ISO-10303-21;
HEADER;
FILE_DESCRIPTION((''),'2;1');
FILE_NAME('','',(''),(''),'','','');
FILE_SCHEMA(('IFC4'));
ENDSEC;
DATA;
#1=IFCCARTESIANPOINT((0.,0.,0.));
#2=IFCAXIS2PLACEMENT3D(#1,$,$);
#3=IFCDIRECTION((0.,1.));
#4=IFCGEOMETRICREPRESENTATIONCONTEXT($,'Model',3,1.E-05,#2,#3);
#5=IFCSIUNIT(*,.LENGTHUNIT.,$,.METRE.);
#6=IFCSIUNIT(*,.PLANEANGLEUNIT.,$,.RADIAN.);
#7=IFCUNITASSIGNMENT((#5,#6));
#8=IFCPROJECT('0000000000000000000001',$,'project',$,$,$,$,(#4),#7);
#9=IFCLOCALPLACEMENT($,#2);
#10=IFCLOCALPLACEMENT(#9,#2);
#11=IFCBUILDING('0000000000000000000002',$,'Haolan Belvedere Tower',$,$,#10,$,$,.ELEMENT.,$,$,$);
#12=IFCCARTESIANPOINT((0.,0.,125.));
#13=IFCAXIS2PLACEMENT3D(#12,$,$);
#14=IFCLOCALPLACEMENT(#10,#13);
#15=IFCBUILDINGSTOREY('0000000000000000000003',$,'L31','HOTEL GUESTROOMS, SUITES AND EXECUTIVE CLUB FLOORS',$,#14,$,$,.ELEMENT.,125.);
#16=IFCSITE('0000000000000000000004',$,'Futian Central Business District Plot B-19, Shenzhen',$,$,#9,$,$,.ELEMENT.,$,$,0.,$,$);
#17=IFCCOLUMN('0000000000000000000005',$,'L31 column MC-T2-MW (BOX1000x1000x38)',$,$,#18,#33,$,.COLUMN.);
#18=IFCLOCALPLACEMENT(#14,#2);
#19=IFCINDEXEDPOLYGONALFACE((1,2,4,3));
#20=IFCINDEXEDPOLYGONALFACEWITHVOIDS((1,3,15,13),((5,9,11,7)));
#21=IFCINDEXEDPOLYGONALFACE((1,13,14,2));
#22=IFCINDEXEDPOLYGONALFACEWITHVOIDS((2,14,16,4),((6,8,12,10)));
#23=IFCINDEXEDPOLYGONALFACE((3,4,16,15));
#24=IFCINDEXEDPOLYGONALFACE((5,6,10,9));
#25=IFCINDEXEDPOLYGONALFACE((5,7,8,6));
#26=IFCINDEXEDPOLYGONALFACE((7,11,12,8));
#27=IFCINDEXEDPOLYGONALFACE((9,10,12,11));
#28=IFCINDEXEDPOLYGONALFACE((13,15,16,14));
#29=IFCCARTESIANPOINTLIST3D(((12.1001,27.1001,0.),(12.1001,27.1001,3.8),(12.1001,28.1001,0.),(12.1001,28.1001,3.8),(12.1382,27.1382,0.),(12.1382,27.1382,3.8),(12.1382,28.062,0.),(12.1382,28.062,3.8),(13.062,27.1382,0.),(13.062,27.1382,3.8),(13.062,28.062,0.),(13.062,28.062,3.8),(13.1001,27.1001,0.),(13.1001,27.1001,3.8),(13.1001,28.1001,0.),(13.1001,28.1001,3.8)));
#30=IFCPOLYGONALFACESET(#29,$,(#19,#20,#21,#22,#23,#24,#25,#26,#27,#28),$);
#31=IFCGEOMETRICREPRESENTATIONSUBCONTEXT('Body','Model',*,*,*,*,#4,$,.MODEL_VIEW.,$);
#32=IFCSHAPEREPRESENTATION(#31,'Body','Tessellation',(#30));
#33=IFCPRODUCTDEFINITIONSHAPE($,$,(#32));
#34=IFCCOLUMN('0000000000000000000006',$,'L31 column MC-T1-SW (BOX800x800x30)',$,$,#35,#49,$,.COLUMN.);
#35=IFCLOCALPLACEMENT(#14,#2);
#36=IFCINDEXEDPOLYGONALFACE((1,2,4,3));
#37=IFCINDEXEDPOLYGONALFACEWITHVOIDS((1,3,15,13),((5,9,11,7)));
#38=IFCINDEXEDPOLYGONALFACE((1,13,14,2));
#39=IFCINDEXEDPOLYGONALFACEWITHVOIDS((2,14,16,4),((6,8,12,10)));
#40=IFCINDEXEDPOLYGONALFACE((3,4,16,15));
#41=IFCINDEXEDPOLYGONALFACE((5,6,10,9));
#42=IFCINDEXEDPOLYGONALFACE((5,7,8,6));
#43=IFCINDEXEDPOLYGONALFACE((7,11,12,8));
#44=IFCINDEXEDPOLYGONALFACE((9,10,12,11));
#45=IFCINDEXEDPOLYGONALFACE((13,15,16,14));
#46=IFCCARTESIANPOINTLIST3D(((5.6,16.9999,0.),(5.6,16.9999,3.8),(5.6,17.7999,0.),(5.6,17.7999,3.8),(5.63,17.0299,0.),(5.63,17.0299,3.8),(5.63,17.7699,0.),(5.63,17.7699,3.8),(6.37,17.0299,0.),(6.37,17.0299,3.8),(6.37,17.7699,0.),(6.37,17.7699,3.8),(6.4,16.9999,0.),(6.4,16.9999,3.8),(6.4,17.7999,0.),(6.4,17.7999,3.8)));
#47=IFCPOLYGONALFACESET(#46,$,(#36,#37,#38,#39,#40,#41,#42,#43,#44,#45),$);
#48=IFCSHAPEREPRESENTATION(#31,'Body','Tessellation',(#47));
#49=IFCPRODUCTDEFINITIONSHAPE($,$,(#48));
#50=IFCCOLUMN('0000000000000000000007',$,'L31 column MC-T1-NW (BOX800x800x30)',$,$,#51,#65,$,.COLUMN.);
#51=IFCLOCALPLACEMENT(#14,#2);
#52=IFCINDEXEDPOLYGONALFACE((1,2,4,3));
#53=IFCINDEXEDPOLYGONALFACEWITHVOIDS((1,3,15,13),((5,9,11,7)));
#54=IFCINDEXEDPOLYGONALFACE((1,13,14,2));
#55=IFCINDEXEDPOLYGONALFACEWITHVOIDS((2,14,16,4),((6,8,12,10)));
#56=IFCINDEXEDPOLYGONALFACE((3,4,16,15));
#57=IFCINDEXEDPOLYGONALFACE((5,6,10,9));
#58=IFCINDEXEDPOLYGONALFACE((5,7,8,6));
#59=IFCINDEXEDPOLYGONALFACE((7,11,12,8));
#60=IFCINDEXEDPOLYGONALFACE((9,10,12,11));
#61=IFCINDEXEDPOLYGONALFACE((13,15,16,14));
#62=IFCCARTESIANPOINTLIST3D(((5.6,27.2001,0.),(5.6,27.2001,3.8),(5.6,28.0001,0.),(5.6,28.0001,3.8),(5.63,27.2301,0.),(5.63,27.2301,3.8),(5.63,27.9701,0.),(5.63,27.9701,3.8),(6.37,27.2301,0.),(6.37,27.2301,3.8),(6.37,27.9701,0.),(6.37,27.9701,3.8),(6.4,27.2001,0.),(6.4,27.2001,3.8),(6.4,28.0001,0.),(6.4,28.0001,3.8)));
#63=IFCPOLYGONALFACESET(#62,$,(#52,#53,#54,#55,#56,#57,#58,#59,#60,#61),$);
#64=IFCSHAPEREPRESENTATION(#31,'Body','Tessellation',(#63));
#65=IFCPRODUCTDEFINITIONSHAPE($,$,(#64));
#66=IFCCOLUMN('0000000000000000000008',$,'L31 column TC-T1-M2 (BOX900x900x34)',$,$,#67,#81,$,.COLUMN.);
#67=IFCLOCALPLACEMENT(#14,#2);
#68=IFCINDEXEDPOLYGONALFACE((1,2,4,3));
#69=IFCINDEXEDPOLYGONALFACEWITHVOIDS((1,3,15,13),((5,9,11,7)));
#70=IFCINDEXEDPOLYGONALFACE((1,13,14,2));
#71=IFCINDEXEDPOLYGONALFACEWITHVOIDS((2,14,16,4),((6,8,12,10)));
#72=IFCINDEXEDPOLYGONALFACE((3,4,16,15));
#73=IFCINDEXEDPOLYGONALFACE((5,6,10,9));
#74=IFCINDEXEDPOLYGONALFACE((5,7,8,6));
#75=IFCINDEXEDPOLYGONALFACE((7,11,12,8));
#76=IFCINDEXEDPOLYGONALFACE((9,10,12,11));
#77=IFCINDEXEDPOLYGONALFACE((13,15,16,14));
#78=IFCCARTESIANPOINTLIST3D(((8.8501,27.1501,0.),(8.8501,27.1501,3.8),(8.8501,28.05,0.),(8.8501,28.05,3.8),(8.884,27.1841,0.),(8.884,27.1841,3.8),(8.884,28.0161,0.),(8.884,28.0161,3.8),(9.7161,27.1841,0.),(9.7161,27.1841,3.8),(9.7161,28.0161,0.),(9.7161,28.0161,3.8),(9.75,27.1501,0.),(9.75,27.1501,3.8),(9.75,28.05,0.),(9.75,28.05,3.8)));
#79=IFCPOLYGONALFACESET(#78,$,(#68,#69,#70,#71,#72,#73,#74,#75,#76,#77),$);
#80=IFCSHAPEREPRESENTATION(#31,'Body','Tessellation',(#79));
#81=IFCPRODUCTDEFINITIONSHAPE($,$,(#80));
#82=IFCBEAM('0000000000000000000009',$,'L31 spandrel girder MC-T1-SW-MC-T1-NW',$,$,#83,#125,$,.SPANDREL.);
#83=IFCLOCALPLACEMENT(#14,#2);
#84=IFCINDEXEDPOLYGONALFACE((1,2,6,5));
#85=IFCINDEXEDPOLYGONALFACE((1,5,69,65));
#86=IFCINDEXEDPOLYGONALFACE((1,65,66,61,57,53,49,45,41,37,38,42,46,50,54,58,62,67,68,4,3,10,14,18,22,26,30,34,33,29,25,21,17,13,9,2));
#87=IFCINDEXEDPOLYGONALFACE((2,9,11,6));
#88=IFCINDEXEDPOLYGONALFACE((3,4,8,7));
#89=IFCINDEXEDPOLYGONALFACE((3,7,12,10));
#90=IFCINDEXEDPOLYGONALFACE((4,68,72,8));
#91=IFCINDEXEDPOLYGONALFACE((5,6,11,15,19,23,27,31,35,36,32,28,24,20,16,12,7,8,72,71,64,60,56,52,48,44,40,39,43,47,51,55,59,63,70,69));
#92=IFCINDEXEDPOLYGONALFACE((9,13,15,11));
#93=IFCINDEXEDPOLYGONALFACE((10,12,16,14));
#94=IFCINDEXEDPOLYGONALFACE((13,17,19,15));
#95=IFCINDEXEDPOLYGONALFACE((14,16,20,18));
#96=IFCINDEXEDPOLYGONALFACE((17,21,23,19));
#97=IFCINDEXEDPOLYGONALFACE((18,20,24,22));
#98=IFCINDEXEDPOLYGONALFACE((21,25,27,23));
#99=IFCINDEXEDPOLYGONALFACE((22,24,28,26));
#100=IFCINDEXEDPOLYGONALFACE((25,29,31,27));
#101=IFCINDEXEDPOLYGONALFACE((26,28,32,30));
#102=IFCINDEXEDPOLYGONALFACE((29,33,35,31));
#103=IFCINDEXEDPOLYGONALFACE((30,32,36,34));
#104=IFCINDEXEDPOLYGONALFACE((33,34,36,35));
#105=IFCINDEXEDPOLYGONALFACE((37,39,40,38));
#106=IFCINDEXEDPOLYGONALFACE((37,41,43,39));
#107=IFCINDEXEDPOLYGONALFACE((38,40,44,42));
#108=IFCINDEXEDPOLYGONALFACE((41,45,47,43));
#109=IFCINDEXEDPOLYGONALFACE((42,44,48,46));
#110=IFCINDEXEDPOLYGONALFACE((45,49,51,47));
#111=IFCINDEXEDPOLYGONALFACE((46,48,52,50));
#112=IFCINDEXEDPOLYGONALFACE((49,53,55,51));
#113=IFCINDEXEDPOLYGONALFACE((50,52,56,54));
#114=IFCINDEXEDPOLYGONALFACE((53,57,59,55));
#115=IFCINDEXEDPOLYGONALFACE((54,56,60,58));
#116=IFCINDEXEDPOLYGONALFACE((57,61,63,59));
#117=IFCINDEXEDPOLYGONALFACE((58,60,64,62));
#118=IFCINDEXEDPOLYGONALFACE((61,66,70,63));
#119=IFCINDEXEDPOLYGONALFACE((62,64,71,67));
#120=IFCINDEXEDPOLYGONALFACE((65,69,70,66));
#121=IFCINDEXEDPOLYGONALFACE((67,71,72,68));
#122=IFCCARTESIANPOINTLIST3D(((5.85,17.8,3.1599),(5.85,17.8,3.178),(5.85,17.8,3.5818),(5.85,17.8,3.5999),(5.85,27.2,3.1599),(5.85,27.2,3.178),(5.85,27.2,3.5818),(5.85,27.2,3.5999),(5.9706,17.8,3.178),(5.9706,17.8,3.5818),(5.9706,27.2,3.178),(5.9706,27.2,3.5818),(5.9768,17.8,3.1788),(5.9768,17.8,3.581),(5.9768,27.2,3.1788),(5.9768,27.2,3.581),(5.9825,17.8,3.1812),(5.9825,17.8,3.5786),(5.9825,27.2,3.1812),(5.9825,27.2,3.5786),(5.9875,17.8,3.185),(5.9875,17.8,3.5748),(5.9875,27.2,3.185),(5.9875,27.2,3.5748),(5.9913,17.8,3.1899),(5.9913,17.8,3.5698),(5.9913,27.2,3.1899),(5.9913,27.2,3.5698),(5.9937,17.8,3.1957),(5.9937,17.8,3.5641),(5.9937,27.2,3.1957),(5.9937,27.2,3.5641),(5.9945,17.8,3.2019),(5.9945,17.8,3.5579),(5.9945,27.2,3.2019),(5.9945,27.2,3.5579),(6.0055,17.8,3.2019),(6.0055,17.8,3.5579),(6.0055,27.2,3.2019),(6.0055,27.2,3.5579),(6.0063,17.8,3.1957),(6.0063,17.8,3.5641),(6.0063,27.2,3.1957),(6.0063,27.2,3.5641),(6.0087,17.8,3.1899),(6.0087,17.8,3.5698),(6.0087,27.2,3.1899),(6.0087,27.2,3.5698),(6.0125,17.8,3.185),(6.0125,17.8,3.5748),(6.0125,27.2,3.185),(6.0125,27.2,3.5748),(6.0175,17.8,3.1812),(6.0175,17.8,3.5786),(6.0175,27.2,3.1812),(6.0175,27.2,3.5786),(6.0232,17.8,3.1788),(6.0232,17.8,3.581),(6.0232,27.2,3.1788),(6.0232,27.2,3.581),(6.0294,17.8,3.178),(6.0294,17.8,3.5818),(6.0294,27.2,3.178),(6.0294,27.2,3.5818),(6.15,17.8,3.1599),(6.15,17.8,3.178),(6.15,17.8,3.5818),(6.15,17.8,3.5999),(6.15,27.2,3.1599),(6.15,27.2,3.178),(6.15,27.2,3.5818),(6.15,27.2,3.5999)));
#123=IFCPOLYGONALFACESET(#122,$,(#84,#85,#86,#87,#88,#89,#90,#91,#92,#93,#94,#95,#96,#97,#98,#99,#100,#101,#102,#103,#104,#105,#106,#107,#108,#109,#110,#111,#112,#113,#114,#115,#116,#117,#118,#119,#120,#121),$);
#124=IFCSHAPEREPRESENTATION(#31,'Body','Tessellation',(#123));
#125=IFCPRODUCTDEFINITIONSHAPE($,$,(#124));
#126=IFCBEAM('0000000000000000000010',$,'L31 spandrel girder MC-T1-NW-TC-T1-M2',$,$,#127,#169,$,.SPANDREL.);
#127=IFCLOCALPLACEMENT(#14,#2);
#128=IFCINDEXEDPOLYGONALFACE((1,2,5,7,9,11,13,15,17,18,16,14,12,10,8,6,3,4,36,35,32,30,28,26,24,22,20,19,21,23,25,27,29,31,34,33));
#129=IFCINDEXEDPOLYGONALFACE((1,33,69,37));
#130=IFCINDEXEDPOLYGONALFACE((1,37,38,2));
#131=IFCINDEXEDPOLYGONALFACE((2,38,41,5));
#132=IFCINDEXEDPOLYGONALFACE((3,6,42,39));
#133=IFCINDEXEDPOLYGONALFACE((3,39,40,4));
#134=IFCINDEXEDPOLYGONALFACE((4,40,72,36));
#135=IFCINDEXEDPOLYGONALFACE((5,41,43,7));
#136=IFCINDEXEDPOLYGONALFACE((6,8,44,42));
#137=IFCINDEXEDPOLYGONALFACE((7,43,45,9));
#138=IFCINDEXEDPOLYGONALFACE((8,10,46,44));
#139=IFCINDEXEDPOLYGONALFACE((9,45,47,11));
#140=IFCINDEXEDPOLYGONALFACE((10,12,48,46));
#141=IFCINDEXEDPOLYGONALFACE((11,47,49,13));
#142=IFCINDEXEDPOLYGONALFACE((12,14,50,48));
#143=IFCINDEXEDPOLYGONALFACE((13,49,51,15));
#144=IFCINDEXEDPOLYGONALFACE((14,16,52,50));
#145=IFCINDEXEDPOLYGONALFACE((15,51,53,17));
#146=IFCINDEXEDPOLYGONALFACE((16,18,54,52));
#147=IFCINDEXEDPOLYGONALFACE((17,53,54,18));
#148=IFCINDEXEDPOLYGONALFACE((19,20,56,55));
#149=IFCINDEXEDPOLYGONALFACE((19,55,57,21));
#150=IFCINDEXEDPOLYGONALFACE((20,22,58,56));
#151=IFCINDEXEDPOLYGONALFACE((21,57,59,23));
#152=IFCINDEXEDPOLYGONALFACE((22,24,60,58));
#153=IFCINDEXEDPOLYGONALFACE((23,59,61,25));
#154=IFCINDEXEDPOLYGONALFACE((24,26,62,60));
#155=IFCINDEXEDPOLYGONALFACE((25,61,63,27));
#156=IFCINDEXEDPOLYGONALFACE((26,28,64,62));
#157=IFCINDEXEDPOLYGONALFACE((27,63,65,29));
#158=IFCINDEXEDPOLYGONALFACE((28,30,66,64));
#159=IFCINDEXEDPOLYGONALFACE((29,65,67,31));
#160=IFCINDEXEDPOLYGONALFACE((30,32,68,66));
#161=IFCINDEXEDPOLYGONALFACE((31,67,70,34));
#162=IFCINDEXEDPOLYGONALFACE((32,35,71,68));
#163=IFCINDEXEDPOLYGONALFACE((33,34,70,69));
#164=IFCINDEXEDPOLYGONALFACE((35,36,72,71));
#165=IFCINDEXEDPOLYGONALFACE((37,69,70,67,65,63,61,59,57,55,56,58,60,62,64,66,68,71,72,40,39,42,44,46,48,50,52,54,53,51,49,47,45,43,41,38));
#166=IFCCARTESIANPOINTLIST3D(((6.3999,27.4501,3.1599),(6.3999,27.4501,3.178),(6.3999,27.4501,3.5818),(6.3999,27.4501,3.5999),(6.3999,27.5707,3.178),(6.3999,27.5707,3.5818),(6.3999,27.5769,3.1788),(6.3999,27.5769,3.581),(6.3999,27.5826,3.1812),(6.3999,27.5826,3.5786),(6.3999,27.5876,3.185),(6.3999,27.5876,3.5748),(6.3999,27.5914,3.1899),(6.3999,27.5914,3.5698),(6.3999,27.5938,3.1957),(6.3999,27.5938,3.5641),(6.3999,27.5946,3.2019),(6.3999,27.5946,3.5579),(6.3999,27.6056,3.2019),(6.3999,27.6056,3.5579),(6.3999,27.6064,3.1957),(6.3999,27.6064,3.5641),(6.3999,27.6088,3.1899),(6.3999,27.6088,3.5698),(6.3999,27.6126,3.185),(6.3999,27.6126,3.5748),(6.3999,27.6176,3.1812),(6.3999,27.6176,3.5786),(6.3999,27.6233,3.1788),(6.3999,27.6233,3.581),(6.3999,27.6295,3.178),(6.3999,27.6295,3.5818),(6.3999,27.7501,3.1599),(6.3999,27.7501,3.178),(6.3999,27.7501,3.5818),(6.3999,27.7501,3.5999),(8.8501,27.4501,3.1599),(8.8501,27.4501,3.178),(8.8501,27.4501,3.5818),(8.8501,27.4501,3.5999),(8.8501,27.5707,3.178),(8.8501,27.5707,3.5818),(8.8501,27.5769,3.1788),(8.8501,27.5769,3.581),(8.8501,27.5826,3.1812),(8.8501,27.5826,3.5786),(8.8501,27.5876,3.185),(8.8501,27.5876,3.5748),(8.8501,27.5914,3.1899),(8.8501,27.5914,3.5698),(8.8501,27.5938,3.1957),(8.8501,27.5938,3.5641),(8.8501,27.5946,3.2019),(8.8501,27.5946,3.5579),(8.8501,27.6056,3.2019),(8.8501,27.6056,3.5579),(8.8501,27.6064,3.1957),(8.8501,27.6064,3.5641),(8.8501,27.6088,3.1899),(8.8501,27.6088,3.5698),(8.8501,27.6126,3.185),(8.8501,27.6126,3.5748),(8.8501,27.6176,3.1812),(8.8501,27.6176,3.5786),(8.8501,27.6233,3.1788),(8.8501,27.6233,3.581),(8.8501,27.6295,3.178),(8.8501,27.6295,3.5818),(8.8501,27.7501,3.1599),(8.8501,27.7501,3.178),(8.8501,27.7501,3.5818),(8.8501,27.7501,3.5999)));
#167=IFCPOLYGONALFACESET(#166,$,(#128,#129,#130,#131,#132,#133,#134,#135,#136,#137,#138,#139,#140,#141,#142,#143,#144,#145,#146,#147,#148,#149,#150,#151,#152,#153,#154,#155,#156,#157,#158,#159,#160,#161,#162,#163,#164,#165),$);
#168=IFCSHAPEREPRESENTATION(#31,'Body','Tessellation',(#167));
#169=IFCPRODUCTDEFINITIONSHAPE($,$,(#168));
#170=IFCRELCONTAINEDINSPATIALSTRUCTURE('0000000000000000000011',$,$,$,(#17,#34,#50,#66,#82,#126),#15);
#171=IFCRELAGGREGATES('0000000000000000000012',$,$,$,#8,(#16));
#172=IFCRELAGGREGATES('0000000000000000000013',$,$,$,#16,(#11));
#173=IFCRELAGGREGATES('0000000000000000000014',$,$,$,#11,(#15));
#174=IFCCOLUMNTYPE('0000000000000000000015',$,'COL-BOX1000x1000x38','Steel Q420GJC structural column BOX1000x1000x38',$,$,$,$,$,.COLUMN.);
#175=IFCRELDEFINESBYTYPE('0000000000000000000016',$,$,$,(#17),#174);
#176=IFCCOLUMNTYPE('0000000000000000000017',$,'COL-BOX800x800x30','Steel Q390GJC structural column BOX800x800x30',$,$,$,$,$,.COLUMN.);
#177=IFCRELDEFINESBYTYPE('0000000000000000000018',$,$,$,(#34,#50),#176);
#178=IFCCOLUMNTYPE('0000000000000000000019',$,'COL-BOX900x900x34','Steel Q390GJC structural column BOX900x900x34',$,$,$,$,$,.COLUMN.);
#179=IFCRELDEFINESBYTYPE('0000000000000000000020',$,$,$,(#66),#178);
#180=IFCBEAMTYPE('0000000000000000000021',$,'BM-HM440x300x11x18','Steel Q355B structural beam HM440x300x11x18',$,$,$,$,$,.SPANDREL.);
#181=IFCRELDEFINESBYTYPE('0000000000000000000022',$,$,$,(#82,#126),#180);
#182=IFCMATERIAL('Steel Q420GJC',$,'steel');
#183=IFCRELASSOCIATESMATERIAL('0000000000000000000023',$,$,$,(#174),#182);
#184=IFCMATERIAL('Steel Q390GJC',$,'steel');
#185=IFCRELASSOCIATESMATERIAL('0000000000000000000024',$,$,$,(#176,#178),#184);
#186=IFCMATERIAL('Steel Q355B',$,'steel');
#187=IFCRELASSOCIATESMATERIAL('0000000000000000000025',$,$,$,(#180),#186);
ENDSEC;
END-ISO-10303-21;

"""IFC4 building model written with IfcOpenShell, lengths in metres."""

from ifc_helpers import new_model, si_unit, direction, frame, origin, origin_2d, place, context, subcontext, project, spatial, hollow_rectangle, i_section, extrude, material, material_profile, profile_set, type_object, element, save


model = new_model("IFC4")

# Units and contexts
model_context = context("Model", 3, precision=1e-05, world=origin(), true_north=direction((0.0, 1.0)))
body_context = subcontext(model_context, "Body", "Model", "MODEL_VIEW")
ifc_project = project(units=[si_unit("LENGTHUNIT", "METRE"), si_unit("PLANEANGLEUNIT", "RADIAN")], contexts=[model_context])

# Site, building, storey
site_placement = place(None, origin())
site = spatial("IfcSite", under=ifc_project, at=site_placement, Name="Futian Central Business District Plot B-19, Shenzhen", CompositionType="ELEMENT", RefElevation=0.0)
building_placement = place(site_placement, origin())
building = spatial("IfcBuilding", under=site, at=building_placement, Name="Haolan Belvedere Tower", CompositionType="ELEMENT")
storey_placement = place(building_placement, frame((0.0, 0.0, 125.0)))
storey = spatial("IfcBuildingStorey", under=building, at=storey_placement, Name="L31", Description="HOTEL GUESTROOMS, SUITES AND EXECUTIVE CLUB FLOORS", CompositionType="ELEMENT", Elevation=125.0)

# Columns
ifc_material_1 = material(Name="Steel Q420GJC", Category="steel")
ifc_material_profile_1 = material_profile(ifc_material_1, hollow_rectangle(XDim=1.0, YDim=1.0, WallThickness=0.0381, at=origin_2d()), Name="Steel Q420GJC")
ifc_profile_set_1 = profile_set([ifc_material_profile_1], Name="Steel Q420GJC")
column_type_1 = type_object("IfcColumnType", Name="COL-BOX1000x1000x38", Description="Steel Q420GJC structural column BOX1000x1000x38", PredefinedType="COLUMN", material=ifc_profile_set_1)
column_1_placement = place(storey_placement, frame((12.6001, 27.6001, 0.0), z_axis=(0.0, 0.0, 1.0), x_axis=(1.0, 0.0, 0.0)))
element("IfcColumn", 1, at=column_1_placement, inside=storey, type_object=column_type_1, Name="L31 column MC-T2-MW (BOX1000x1000x38)", PredefinedType="COLUMN", context=body_context, shape_type="SweptSolid", body=[
    extrude(hollow_rectangle(XDim=1.0, YDim=1.0, WallThickness=0.0381, at=origin_2d()), origin(), (0.0, 0.0, 1.0), 3.8),
])
ifc_material_2 = material(Name="Steel Q390GJC", Category="steel")
ifc_material_profile_2 = material_profile(ifc_material_2, hollow_rectangle(XDim=0.8, YDim=0.8, WallThickness=0.03, at=origin_2d()), Name="Steel Q390GJC")
ifc_profile_set_2 = profile_set([ifc_material_profile_2], Name="Steel Q390GJC")
column_type_2 = type_object("IfcColumnType", Name="COL-BOX800x800x30", Description="Steel Q390GJC structural column BOX800x800x30", PredefinedType="COLUMN", material=ifc_profile_set_2)
for number, where, z_axis, x_axis, name in (
    (2, (6.0, 17.3999, 0.0), (0.0, 0.0, 1.0), (1.0, 0.0, 0.0), "L31 column MC-T1-SW (BOX800x800x30)"),
    (3, (6.0, 27.6001, 0.0), (0.0, 0.0, 1.0), (1.0, 0.0, 0.0), "L31 column MC-T1-NW (BOX800x800x30)"),
):
    element("IfcColumn", number, at=place(storey_placement, frame(where, z_axis=z_axis, x_axis=x_axis)), inside=storey, type_object=column_type_2, Name=name, PredefinedType="COLUMN", context=body_context, shape_type="SweptSolid", body=[
        extrude(hollow_rectangle(XDim=0.8, YDim=0.8, WallThickness=0.03, at=origin_2d()), origin(), (0.0, 0.0, 1.0), 3.8),
    ])
ifc_material_profile_3 = material_profile(ifc_material_2, hollow_rectangle(XDim=0.8999, YDim=0.8999, WallThickness=0.0339, at=origin_2d()), Name="Steel Q390GJC")
ifc_profile_set_3 = profile_set([ifc_material_profile_3], Name="Steel Q390GJC")
column_type_3 = type_object("IfcColumnType", Name="COL-BOX900x900x34", Description="Steel Q390GJC structural column BOX900x900x34", PredefinedType="COLUMN", material=ifc_profile_set_3)
column_2_placement = place(storey_placement, frame((9.3, 27.6001, 0.0), z_axis=(0.0, 0.0, 1.0), x_axis=(1.0, 0.0, 0.0)))
element("IfcColumn", 4, at=column_2_placement, inside=storey, type_object=column_type_3, Name="L31 column TC-T1-M2 (BOX900x900x34)", PredefinedType="COLUMN", context=body_context, shape_type="SweptSolid", body=[
    extrude(hollow_rectangle(XDim=0.8999, YDim=0.8999, WallThickness=0.0339, at=origin_2d()), origin(), (0.0, 0.0, 1.0), 3.8),
])

# Beams
ifc_material_3 = material(Name="Steel Q355B", Category="steel")
ifc_material_profile_4 = material_profile(ifc_material_3, i_section(OverallWidth=0.3, OverallDepth=0.4399, WebThickness=0.011, FlangeThickness=0.0181, FilletRadius=0.0239, at=origin_2d()), Name="Steel Q355B")
ifc_profile_set_4 = profile_set([ifc_material_profile_4], Name="Steel Q355B")
beam_type_1 = type_object("IfcBeamType", Name="BM-HM440x300x11x18", Description="Steel Q355B structural beam HM440x300x11x18", PredefinedType="SPANDREL", material=ifc_profile_set_4)
beam_1_placement = place(storey_placement, frame((6.0, 17.8, 3.3799), z_axis=(0.0, 1.0, 0.0), x_axis=(-1.0, 0.0, 0.0)))
element("IfcBeam", 5, at=beam_1_placement, inside=storey, type_object=beam_type_1, Name="L31 spandrel girder MC-T1-SW-MC-T1-NW", PredefinedType="SPANDREL", context=body_context, shape_type="SweptSolid", body=[
    extrude(i_section(OverallWidth=0.3, OverallDepth=0.4399, WebThickness=0.011, FlangeThickness=0.0181, FilletRadius=0.0239, at=origin_2d()), origin(), (0.0, 0.0, 1.0), 9.3999),
])
beam_2_placement = place(storey_placement, frame((6.3999, 27.6001, 3.3799), z_axis=(1.0, 0.0, 0.0), x_axis=(0.0, 1.0, 0.0)))
element("IfcBeam", 6, at=beam_2_placement, inside=storey, type_object=beam_type_1, Name="L31 spandrel girder MC-T1-NW-TC-T1-M2", PredefinedType="SPANDREL", context=body_context, shape_type="SweptSolid", body=[
    extrude(i_section(OverallWidth=0.3, OverallDepth=0.4399, WebThickness=0.011, FlangeThickness=0.0181, FilletRadius=0.0239, at=origin_2d()), origin(), (0.0, 0.0, 1.0), 2.4502),
])

save(model, "model.ifc")
